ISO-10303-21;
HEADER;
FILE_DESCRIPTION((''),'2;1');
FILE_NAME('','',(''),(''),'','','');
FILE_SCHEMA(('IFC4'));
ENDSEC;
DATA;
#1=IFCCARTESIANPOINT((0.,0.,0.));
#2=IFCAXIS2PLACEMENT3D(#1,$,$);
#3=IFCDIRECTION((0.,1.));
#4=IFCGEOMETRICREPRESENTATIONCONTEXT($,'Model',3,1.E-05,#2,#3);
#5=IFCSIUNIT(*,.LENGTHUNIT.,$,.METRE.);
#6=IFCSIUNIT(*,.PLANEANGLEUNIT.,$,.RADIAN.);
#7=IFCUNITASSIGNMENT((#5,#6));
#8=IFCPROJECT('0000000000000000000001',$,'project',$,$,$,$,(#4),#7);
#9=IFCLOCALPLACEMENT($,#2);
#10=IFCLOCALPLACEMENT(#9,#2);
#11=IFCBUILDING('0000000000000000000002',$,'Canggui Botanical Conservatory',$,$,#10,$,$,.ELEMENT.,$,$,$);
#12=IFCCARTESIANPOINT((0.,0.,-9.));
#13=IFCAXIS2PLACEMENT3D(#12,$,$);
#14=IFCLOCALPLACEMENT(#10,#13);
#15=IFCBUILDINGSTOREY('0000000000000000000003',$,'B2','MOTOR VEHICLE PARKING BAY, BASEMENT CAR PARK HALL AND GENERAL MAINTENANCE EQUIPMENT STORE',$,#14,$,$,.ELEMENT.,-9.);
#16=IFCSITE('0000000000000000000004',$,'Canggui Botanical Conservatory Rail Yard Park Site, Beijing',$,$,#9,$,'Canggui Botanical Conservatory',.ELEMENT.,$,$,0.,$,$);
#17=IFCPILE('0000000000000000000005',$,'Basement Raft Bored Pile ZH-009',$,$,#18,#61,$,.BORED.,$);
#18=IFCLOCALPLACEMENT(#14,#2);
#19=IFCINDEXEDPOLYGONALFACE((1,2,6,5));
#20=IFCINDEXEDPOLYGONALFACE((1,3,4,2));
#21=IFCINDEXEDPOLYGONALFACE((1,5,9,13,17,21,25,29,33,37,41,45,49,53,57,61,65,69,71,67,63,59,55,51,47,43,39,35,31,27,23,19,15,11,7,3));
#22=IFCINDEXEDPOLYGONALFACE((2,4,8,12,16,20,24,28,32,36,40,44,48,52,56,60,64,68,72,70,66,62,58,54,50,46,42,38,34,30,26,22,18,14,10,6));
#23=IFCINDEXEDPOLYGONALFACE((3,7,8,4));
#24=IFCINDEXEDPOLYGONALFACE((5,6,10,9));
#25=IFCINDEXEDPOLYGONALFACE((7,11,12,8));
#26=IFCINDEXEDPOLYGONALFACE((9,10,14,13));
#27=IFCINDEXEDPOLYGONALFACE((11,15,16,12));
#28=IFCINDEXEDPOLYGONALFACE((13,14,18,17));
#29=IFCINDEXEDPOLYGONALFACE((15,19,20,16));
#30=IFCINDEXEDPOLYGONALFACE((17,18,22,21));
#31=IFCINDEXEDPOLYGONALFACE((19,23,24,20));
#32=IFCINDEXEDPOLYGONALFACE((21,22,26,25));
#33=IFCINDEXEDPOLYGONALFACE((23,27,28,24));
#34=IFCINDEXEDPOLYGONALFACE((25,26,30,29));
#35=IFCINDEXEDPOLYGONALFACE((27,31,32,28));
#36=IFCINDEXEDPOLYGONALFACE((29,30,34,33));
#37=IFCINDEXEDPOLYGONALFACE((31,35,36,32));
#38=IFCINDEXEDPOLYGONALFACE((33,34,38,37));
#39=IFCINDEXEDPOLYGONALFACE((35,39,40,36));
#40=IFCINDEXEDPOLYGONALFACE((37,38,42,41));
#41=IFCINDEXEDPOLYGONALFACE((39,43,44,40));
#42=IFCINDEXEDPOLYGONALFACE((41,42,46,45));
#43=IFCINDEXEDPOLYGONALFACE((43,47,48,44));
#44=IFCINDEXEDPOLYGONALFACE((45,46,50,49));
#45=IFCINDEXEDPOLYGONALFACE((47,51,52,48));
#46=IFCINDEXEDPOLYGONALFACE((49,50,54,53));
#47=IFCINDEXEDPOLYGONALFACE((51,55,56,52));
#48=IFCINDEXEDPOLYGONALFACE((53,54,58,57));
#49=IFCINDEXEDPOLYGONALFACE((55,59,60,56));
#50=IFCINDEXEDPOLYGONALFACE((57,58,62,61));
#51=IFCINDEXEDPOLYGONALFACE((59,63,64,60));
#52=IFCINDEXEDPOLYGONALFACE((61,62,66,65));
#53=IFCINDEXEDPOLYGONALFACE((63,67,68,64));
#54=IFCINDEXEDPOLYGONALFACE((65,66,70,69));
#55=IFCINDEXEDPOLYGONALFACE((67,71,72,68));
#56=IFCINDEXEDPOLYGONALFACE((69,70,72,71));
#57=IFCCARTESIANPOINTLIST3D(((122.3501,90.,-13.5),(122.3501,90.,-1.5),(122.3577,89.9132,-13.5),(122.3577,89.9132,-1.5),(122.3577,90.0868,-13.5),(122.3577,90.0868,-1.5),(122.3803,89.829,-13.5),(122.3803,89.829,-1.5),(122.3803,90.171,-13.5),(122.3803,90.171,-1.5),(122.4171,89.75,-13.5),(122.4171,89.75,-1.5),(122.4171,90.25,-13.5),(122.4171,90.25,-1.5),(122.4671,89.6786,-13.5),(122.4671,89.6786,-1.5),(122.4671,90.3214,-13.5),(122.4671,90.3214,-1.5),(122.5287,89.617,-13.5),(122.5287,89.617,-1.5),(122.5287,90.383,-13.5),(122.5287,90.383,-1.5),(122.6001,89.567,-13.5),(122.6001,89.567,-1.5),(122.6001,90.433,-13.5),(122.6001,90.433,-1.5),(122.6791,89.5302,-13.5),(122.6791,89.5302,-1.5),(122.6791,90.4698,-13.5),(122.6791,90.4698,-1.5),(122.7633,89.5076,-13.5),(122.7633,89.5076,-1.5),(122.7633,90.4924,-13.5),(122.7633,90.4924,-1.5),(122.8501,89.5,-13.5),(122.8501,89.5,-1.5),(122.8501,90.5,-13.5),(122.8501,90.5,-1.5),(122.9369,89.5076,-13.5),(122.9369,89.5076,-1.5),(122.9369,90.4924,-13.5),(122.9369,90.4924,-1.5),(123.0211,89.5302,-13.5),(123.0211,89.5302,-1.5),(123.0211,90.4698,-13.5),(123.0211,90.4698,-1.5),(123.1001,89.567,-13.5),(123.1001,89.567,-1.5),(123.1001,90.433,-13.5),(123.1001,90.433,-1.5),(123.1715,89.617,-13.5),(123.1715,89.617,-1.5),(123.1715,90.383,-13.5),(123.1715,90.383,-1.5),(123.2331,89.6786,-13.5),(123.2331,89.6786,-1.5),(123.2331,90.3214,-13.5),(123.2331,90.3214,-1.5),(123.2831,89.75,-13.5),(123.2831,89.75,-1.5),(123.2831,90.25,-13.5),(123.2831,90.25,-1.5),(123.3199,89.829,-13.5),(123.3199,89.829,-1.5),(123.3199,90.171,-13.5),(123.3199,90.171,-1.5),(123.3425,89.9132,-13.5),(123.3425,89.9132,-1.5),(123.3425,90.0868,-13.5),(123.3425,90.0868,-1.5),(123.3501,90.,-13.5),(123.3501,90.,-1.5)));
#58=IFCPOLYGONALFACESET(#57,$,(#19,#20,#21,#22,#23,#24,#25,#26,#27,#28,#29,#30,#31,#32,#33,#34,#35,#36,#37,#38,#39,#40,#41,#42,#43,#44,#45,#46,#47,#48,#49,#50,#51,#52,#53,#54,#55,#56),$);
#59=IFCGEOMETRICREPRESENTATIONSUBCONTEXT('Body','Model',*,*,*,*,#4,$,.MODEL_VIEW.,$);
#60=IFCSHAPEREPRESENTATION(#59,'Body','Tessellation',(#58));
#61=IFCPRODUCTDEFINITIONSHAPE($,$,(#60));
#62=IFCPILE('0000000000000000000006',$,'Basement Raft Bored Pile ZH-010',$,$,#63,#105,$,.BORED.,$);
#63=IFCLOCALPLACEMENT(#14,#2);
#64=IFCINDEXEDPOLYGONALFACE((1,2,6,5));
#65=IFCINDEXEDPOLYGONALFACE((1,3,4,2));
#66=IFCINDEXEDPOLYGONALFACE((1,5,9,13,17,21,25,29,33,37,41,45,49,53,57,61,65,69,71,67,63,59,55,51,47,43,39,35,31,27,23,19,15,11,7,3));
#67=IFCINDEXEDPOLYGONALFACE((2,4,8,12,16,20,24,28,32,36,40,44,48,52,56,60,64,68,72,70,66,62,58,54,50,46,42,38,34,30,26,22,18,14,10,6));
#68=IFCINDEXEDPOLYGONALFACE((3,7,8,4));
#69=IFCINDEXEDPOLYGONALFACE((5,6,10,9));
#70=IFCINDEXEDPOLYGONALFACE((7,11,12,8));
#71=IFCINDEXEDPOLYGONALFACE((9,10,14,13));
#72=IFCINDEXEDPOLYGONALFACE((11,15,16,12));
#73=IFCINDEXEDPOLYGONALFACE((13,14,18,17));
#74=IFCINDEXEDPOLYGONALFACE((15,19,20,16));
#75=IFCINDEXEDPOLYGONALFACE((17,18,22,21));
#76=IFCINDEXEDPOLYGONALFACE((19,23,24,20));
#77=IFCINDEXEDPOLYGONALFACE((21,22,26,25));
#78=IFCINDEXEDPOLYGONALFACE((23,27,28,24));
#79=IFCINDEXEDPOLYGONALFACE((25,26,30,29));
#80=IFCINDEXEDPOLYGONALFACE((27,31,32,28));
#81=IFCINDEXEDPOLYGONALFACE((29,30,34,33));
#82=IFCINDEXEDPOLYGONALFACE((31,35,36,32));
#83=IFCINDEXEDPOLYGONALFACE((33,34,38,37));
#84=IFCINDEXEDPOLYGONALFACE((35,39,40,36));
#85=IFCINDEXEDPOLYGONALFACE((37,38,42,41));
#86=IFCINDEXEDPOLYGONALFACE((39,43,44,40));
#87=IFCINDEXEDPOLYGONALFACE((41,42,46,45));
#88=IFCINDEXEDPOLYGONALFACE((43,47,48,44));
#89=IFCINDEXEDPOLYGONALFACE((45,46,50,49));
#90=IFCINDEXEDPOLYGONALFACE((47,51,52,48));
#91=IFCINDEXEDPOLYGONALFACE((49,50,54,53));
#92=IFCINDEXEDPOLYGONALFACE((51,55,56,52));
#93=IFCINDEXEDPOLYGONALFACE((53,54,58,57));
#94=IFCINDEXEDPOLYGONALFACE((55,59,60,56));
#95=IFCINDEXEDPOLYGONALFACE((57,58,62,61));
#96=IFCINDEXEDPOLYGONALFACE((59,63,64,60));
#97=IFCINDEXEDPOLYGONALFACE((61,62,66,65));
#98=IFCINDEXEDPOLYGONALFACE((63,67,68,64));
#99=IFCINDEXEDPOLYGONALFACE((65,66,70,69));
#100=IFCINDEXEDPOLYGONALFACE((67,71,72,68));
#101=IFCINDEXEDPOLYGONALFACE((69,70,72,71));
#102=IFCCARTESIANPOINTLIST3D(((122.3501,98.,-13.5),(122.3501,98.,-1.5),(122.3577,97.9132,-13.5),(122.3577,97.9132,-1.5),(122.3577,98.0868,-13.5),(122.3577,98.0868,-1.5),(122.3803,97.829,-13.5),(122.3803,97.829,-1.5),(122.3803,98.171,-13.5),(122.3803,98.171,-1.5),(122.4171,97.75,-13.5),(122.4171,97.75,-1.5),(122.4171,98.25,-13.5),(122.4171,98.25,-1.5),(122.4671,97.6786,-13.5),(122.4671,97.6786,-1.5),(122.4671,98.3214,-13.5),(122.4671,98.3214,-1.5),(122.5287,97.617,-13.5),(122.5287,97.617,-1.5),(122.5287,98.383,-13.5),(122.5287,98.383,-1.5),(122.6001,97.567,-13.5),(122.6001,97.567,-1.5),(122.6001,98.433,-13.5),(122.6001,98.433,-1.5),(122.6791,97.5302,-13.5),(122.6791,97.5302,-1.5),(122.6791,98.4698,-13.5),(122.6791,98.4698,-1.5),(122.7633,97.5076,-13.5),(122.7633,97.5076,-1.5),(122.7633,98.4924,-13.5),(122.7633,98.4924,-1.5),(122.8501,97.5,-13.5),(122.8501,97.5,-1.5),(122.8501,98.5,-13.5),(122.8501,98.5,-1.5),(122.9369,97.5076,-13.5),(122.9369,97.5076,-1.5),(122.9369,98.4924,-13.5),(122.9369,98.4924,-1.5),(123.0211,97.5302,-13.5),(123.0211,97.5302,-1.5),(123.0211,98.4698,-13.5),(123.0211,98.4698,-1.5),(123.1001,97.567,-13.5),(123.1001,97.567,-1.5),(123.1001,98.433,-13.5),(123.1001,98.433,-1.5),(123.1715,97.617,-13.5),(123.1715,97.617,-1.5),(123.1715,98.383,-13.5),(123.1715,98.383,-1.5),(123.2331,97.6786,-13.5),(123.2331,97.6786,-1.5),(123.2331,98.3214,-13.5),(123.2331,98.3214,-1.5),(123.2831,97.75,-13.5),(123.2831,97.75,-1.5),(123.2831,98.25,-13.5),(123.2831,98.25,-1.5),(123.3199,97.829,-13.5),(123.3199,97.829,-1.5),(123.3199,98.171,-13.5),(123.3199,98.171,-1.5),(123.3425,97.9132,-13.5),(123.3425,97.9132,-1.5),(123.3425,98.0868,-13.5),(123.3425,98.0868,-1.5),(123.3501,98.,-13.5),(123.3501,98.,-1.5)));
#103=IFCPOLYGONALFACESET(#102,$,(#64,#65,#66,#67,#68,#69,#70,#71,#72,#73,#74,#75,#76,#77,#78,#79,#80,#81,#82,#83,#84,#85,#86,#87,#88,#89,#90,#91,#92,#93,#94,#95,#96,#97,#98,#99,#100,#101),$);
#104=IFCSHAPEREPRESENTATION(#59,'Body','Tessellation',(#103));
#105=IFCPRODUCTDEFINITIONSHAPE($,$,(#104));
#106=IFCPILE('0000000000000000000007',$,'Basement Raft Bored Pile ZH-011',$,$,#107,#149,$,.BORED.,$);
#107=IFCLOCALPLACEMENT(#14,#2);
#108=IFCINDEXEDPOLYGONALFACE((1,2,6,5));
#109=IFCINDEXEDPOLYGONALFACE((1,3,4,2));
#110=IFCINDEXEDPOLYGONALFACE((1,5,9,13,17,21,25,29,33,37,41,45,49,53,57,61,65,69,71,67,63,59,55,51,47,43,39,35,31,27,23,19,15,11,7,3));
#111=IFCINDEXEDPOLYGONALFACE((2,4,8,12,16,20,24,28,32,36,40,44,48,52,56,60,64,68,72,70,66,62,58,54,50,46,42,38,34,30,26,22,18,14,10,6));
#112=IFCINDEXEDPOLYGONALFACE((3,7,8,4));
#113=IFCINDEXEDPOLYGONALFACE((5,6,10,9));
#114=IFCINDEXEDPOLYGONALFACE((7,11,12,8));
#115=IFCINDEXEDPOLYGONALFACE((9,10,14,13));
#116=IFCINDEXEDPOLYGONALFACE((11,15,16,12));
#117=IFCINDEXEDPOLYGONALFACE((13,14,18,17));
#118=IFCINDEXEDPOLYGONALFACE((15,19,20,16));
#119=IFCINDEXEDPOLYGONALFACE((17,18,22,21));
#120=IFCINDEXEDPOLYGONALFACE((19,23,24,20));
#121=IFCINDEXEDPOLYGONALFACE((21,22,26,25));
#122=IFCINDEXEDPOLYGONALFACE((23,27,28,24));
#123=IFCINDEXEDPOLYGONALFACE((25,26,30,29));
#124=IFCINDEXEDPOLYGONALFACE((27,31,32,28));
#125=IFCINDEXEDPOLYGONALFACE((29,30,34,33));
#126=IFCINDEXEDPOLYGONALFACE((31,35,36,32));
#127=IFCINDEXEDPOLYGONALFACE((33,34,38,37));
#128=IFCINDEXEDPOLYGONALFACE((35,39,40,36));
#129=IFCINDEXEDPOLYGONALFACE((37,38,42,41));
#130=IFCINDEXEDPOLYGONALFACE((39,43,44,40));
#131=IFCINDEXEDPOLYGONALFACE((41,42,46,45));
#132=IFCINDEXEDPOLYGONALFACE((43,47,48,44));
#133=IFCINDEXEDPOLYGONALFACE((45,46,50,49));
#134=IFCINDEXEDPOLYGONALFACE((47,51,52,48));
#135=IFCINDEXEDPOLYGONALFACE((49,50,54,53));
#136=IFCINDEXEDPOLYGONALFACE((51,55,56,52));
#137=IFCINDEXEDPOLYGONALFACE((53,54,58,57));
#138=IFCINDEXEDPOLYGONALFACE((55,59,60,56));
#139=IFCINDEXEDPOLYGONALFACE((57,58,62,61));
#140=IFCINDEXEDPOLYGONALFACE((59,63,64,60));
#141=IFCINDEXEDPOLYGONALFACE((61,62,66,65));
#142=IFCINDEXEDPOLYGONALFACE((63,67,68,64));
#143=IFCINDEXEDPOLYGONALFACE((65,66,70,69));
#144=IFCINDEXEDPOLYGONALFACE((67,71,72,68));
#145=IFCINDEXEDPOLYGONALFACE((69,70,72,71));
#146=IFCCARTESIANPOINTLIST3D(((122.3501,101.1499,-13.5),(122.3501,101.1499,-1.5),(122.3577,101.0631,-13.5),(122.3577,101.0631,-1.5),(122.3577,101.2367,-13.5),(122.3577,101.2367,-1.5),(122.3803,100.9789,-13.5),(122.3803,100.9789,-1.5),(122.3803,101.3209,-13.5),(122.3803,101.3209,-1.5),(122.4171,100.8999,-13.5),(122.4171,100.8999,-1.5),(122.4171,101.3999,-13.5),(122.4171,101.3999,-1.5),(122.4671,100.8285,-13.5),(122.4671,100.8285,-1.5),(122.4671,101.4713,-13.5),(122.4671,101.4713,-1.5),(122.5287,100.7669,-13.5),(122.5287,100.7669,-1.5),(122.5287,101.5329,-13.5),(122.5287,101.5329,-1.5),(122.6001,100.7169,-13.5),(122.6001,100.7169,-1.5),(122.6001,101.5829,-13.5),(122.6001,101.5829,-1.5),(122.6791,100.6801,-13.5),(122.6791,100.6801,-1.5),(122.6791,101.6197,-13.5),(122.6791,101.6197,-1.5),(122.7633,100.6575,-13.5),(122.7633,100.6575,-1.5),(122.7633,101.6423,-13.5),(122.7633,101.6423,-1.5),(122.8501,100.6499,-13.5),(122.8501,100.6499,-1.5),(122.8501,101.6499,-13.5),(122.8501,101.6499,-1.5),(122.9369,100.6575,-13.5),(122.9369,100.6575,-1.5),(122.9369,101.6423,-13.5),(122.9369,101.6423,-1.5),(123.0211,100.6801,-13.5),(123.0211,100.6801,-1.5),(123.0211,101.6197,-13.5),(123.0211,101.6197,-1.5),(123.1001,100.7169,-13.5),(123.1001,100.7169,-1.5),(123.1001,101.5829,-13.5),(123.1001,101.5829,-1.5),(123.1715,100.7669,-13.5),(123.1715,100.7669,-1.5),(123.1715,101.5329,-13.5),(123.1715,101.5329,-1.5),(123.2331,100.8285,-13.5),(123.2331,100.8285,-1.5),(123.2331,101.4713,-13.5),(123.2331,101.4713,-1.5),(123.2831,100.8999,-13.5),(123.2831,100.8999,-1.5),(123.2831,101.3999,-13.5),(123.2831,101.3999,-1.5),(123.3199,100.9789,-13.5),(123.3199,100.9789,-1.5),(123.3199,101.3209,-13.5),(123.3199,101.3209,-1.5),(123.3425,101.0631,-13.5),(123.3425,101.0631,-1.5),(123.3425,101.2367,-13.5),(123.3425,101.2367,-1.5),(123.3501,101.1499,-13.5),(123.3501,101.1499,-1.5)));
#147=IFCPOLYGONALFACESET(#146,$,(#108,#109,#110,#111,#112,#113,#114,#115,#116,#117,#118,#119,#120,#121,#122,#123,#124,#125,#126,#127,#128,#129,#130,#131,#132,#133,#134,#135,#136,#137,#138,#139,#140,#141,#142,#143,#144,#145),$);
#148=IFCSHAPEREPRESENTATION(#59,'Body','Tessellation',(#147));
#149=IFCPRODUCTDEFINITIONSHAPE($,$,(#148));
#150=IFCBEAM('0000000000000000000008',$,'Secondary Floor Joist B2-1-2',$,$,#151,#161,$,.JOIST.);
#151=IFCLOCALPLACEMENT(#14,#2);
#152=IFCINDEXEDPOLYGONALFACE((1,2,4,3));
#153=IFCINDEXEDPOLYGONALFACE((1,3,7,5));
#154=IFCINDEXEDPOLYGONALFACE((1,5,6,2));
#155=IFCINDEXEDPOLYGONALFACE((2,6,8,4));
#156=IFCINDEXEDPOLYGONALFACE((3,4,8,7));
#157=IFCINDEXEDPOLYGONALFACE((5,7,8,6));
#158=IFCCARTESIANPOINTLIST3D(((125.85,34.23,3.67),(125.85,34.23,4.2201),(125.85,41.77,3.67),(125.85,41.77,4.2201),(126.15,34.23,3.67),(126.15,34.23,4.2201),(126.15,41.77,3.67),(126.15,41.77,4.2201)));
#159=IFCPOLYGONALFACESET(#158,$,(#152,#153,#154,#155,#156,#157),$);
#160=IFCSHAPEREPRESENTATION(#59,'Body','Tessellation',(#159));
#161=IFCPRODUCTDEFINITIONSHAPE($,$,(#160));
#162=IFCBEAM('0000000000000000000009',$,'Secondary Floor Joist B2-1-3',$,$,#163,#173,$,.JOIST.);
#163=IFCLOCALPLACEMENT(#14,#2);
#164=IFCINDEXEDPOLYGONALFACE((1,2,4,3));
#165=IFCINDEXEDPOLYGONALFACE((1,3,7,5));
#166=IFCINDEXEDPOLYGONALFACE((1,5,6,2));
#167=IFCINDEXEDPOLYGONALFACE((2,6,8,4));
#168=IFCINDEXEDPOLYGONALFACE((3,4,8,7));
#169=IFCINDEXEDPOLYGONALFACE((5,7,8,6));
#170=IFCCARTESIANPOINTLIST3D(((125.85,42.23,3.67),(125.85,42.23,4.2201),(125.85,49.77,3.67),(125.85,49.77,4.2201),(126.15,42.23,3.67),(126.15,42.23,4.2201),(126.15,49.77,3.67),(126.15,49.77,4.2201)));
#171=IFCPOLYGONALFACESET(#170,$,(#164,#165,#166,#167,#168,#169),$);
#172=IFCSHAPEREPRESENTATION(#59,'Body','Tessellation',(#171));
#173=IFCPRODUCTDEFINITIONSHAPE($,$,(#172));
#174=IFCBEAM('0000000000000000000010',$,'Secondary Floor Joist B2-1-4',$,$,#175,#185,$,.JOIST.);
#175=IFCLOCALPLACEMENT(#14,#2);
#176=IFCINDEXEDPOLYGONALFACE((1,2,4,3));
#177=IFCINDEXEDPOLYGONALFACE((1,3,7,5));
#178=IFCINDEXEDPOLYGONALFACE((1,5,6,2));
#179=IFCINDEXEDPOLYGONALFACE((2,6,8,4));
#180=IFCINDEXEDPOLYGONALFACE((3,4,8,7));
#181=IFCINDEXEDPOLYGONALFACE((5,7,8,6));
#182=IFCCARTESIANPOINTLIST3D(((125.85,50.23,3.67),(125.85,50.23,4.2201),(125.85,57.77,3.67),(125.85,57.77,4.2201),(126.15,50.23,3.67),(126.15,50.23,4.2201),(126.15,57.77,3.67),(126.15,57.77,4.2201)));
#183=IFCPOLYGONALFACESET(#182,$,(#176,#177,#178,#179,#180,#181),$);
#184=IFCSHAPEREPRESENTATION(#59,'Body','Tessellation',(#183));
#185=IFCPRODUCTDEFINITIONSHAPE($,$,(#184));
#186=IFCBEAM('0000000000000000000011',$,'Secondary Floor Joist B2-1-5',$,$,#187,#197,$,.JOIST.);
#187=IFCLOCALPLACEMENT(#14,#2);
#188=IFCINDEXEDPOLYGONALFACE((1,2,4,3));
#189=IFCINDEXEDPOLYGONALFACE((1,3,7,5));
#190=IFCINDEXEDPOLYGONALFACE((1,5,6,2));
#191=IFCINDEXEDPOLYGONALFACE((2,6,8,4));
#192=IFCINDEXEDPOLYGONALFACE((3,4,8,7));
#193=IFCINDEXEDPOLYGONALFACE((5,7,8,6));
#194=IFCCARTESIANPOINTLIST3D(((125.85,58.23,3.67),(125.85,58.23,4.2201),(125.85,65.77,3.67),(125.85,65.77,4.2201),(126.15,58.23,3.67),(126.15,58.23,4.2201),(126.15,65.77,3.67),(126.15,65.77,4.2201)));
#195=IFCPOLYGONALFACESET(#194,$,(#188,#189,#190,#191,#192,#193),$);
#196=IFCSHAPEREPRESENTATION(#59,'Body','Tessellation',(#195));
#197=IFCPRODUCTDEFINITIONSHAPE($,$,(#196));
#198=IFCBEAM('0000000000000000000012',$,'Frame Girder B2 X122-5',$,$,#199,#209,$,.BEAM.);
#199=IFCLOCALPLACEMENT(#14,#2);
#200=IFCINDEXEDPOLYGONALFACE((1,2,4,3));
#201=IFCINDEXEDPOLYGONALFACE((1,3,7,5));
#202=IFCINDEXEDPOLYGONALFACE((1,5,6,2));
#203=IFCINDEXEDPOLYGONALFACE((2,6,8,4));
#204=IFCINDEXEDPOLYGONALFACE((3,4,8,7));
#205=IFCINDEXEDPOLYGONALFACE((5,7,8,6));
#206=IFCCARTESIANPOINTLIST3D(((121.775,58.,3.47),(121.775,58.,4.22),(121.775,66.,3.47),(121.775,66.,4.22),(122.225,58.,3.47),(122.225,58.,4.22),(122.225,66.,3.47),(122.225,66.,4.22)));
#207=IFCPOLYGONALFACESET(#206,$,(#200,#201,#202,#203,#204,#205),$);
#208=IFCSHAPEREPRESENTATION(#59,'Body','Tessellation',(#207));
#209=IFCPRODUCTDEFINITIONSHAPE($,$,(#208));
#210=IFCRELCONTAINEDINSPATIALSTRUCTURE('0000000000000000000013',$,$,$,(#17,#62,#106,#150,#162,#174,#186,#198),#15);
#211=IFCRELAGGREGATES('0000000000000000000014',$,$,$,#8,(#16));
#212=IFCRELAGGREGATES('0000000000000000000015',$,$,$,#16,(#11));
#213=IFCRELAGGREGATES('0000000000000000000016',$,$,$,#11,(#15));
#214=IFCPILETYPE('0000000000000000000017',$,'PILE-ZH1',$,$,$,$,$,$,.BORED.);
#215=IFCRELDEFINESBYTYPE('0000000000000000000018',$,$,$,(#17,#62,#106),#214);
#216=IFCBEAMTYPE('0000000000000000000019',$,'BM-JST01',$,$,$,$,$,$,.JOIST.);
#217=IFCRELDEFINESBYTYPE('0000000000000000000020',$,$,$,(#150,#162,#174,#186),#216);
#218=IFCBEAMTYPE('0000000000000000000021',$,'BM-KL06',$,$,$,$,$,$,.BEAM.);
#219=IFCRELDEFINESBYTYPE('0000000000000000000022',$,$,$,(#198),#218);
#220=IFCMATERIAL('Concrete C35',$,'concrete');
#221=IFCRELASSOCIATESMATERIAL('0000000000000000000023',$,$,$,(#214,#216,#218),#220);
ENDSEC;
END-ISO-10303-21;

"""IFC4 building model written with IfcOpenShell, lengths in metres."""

from ifc_helpers import new_model, si_unit, direction, frame, origin, origin_2d, place, context, subcontext, project, spatial, rectangle, circle, extrude, material, material_profile, profile_set, type_object, element, save


model = new_model("IFC4")

# Units and contexts
model_context = context("Model", 3, precision=1e-05, world=origin(), true_north=direction((0.0, 1.0)))
body_context = subcontext(model_context, "Body", "Model", "MODEL_VIEW")
ifc_project = project(units=[si_unit("LENGTHUNIT", "METRE"), si_unit("PLANEANGLEUNIT", "RADIAN")], contexts=[model_context])

# Site, building, storey
site_placement = place(None, origin())
site = spatial("IfcSite", under=ifc_project, at=site_placement, Name="Canggui Botanical Conservatory Rail Yard Park Site, Beijing", LongName="Canggui Botanical Conservatory", CompositionType="ELEMENT", RefElevation=0.0)
building_placement = place(site_placement, origin())
building = spatial("IfcBuilding", under=site, at=building_placement, Name="Canggui Botanical Conservatory", CompositionType="ELEMENT")
storey_placement = place(building_placement, frame((0.0, 0.0, -9.0)))
storey = spatial("IfcBuildingStorey", under=building, at=storey_placement, Name="B2", Description="MOTOR VEHICLE PARKING BAY, BASEMENT CAR PARK HALL AND GENERAL MAINTENANCE EQUIPMENT STORE", CompositionType="ELEMENT", Elevation=-9.0)

# Piles
ifc_material_1 = material(Name="Concrete C35", Category="concrete")
ifc_material_profile_1 = material_profile(ifc_material_1, circle(Radius=0.5, at=origin_2d()), Name="PILE D1000")
ifc_profile_set_1 = profile_set([ifc_material_profile_1], Name="Concrete C35")
pile_type = type_object("IfcPileType", Name="PILE-ZH1", PredefinedType="BORED", material=ifc_profile_set_1)
for number, where, z_axis, x_axis, name in (
    (1, (122.8501, 90.0, -1.5), (0.0, 0.0, -1.0), (1.0, 0.0, 0.0), "Basement Raft Bored Pile ZH-009"),
    (2, (122.8501, 98.0, -1.5), (0.0, 0.0, -1.0), (1.0, 0.0, 0.0), "Basement Raft Bored Pile ZH-010"),
    (3, (122.8501, 101.1499, -1.5), (0.0, 0.0, -1.0), (1.0, 0.0, 0.0), "Basement Raft Bored Pile ZH-011"),
):
    element("IfcPile", number, at=place(storey_placement, frame(where, z_axis=z_axis, x_axis=x_axis)), inside=storey, type_object=pile_type, Name=name, PredefinedType="BORED", context=body_context, shape_type="SweptSolid", body=[
        extrude(circle(Radius=0.5, at=origin_2d()), origin(), (0.0, 0.0, 1.0), 12.0),
    ])

# Beams
ifc_material_profile_2 = material_profile(ifc_material_1, rectangle(XDim=0.3, YDim=0.55, at=origin_2d()), Name="RB 300x550")
ifc_profile_set_2 = profile_set([ifc_material_profile_2], Name="Concrete C35")
beam_type_1 = type_object("IfcBeamType", Name="BM-JST01", PredefinedType="JOIST", material=ifc_profile_set_2)
for number, where, z_axis, x_axis, name in (
    (4, (126.0, 34.23, 3.9451), (0.0, 1.0, 0.0), (-1.0, 0.0, 0.0), "Secondary Floor Joist B2-1-2"),
    (5, (126.0, 42.23, 3.9451), (0.0, 1.0, 0.0), (-1.0, 0.0, 0.0), "Secondary Floor Joist B2-1-3"),
    (6, (126.0, 50.23, 3.9451), (0.0, 1.0, 0.0), (-1.0, 0.0, 0.0), "Secondary Floor Joist B2-1-4"),
    (7, (126.0, 58.23, 3.9451), (0.0, 1.0, 0.0), (-1.0, 0.0, 0.0), "Secondary Floor Joist B2-1-5"),
):
    element("IfcBeam", number, at=place(storey_placement, frame(where, z_axis=z_axis, x_axis=x_axis)), inside=storey, type_object=beam_type_1, Name=name, PredefinedType="JOIST", context=body_context, shape_type="SweptSolid", body=[
        extrude(rectangle(XDim=0.3, YDim=0.55, at=origin_2d()), origin(), (0.0, 0.0, 1.0), 7.54),
    ])
ifc_material_profile_3 = material_profile(ifc_material_1, rectangle(XDim=0.45, YDim=0.75, at=origin_2d()), Name="RB 450x750")
ifc_profile_set_3 = profile_set([ifc_material_profile_3], Name="Concrete C35")
beam_type_2 = type_object("IfcBeamType", Name="BM-KL06", PredefinedType="BEAM", material=ifc_profile_set_3)
for number, where, z_axis, x_axis, name in (
    (8, (122.0, 58.0, 3.845), (0.0, 1.0, 0.0), (-1.0, 0.0, 0.0), "Frame Girder B2 X122-5"),
):
    element("IfcBeam", number, at=place(storey_placement, frame(where, z_axis=z_axis, x_axis=x_axis)), inside=storey, type_object=beam_type_2, Name=name, PredefinedType="BEAM", context=body_context, shape_type="SweptSolid", body=[
        extrude(rectangle(XDim=0.45, YDim=0.75, at=origin_2d()), origin(), (0.0, 0.0, 1.0), 8.0),
    ])

save(model, "model.ifc")
